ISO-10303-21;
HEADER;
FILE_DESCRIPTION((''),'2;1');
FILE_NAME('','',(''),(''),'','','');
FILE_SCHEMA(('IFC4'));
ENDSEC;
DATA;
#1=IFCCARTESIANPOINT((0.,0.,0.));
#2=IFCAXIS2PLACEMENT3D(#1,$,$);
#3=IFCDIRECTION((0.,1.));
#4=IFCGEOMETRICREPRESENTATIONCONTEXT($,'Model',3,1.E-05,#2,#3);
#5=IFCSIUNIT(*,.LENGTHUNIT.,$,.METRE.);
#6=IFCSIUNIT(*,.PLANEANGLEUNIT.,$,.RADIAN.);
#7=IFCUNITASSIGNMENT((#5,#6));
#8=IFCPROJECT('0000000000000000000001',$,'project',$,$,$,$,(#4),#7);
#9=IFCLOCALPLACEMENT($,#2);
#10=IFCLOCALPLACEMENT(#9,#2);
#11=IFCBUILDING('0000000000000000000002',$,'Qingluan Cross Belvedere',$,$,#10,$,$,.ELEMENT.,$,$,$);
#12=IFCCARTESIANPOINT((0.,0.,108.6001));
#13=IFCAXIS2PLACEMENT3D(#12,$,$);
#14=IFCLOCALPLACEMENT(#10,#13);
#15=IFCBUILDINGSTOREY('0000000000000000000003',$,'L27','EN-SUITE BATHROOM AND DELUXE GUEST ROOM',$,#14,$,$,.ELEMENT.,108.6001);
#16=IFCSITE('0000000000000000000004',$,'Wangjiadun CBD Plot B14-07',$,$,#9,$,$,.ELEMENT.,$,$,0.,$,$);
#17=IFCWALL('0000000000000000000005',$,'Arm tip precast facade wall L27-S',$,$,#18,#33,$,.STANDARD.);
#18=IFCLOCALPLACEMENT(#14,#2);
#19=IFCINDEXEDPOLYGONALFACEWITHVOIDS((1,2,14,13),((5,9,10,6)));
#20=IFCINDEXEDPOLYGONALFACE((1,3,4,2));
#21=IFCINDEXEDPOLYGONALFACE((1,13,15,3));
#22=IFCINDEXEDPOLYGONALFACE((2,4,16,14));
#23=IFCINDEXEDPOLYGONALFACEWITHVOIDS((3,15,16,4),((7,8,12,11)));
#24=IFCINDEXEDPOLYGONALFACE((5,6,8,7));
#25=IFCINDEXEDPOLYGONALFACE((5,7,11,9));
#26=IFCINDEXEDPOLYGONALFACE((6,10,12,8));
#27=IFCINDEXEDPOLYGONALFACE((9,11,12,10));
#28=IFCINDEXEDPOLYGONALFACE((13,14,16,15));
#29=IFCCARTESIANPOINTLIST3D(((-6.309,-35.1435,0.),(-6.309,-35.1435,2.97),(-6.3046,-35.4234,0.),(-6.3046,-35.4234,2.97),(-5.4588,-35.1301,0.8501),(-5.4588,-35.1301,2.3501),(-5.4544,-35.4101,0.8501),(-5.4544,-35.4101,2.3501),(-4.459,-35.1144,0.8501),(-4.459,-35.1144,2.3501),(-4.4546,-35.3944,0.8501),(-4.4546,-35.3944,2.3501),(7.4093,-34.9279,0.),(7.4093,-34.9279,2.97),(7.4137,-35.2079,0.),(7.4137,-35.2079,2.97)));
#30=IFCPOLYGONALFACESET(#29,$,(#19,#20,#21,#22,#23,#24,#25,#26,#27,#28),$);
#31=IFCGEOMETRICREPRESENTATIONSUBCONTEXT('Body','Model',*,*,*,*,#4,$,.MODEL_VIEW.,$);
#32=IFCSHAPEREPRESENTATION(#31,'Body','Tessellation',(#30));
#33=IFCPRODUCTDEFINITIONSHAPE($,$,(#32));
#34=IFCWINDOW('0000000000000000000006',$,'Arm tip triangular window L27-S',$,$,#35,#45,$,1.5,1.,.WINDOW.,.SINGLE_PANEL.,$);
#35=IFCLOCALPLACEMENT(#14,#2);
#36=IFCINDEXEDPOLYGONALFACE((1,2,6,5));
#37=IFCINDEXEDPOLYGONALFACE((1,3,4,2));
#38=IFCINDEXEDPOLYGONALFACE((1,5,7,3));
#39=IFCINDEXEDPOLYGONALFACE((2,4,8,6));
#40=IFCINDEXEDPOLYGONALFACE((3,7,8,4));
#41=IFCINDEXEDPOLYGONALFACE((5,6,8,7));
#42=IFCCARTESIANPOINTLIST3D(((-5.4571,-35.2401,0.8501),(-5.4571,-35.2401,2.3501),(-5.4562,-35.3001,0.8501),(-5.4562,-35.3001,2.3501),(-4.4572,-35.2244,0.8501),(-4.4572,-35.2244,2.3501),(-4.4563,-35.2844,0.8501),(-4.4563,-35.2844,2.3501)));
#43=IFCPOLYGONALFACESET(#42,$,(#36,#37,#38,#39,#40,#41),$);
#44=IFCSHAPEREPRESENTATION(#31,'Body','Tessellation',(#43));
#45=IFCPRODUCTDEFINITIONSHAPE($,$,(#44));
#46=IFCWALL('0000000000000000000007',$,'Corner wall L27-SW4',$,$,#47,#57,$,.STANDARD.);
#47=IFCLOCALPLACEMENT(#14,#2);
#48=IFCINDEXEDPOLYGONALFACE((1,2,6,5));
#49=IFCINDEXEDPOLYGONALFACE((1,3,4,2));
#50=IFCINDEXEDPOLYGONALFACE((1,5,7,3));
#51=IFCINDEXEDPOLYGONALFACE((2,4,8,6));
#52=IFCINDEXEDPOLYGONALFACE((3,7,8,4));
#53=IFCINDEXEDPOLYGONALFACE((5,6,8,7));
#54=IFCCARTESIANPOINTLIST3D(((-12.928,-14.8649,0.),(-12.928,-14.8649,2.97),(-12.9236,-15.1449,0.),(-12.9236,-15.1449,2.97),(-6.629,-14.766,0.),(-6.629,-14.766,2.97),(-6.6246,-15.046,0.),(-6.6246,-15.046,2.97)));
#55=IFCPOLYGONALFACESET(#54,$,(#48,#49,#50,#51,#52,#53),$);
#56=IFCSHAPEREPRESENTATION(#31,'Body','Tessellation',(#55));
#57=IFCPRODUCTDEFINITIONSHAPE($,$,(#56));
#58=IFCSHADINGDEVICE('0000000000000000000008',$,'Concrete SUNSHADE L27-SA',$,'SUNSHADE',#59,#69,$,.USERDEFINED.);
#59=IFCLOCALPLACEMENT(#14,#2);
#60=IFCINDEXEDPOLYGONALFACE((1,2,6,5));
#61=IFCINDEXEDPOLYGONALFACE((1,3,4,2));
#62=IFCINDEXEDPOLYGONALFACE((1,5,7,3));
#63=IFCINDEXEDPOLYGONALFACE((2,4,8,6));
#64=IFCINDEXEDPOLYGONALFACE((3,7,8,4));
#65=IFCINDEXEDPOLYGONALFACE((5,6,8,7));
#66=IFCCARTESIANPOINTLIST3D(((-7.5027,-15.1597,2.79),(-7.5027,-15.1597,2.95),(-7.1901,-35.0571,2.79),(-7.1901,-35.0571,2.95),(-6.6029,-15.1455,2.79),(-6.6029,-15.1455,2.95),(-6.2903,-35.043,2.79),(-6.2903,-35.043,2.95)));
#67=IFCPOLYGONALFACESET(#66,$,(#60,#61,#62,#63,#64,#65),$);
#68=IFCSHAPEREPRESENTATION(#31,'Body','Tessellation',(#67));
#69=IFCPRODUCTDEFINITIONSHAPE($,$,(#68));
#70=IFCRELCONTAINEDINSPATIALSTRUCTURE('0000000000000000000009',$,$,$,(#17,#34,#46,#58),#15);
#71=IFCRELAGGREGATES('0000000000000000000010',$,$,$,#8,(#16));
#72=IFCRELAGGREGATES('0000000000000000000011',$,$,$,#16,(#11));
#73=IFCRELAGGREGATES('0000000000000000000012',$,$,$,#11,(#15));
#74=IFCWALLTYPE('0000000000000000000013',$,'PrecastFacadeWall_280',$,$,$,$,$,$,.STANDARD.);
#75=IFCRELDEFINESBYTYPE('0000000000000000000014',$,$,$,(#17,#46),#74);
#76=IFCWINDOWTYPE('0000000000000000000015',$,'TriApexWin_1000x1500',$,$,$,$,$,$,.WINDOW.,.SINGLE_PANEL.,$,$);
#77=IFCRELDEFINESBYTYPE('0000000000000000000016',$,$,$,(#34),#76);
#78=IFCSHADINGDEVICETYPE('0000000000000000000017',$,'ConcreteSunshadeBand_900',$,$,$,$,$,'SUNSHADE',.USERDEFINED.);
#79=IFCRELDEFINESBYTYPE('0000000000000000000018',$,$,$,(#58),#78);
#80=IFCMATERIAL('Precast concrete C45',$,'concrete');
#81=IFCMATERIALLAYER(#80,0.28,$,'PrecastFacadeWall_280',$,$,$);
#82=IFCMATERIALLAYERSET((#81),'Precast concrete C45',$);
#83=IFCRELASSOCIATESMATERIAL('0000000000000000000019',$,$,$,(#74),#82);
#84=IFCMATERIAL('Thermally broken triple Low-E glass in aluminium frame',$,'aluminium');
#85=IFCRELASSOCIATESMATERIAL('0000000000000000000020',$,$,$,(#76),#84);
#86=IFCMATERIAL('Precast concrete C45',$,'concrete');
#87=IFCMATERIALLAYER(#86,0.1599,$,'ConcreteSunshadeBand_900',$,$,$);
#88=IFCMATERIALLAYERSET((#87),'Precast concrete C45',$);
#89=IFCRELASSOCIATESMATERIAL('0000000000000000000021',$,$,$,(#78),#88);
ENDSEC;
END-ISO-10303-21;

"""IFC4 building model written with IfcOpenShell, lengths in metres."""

from ifc_helpers import new_model, si_unit, direction, frame, frame_2d, origin, origin_2d, place, context, subcontext, project, spatial, rectangle, extrude, material, layer, layer_set, type_object, element, fill, save


model = new_model("IFC4")

# Units and contexts
model_context = context("Model", 3, precision=1e-05, world=origin(), true_north=direction((0.0, 1.0)))
body_context = subcontext(model_context, "Body", "Model", "MODEL_VIEW")
ifc_project = project(units=[si_unit("LENGTHUNIT", "METRE"), si_unit("PLANEANGLEUNIT", "RADIAN")], contexts=[model_context])

# Site, building, storey
site_placement = place(None, origin())
site = spatial("IfcSite", under=ifc_project, at=site_placement, Name="Wangjiadun CBD Plot B14-07", CompositionType="ELEMENT", RefElevation=0.0)
building_placement = place(site_placement, origin())
building = spatial("IfcBuilding", under=site, at=building_placement, Name="Qingluan Cross Belvedere", CompositionType="ELEMENT")
storey_placement = place(building_placement, frame((0.0, 0.0, 108.6001)))
storey = spatial("IfcBuildingStorey", under=building, at=storey_placement, Name="L27", Description="EN-SUITE BATHROOM AND DELUXE GUEST ROOM", CompositionType="ELEMENT", Elevation=108.6001)

# Shared definitions
ifc_material_1 = material(Name="Precast concrete C45", Category="concrete")
ifc_layer_1 = layer(ifc_material_1, 0.28, Name="PrecastFacadeWall_280")
ifc_layer_set_1 = layer_set([ifc_layer_1], Name="Precast concrete C45")
wall_type_1 = type_object("IfcWallType", Name="PrecastFacadeWall_280", PredefinedType="STANDARD", material=ifc_layer_set_1)

# Wall, opening, window
wall_1_placement = place(storey_placement, frame((-6.3066, -35.2834, 0.0), z_axis=(0.0, 0.0, 1.0), x_axis=(0.999877, 0.015713, 0.0)))
wall_1 = element("IfcWall", 1, at=wall_1_placement, inside=storey, type_object=wall_type_1, Name="Arm tip precast facade wall L27-S", PredefinedType="STANDARD", context=body_context, shape_type="SweptSolid", body=[
    extrude(rectangle(XDim=13.72, YDim=0.28, at=frame_2d((6.8599, 0.0))), origin(), (0.0, 0.0, 1.0), 2.97),
])
opening_1_placement = place(wall_1_placement, frame((0.8501, 0.0, 0.8501)))
opening_1 = element("IfcOpeningElement", 2, at=opening_1_placement, cuts=wall_1, PredefinedType="OPENING", context=body_context, shape_type="SweptSolid", body=[
    extrude(rectangle(XDim=1.0, YDim=1.5, at=frame_2d((0.5, 0.75))), frame((0.0, 0.1499, 0.0), z_axis=(0.0, -1.0, 0.0), x_axis=(1.0, 0.0, 0.0)), (0.0, 0.0, 1.0), 0.3),
])
ifc_material_2 = material(Name="Thermally broken triple Low-E glass in aluminium frame", Category="aluminium")
window_type_1 = type_object("IfcWindowType", Name="TriApexWin_1000x1500", PartitioningType="SINGLE_PANEL", PredefinedType="WINDOW", material=ifc_material_2)
window_1_placement = place(opening_1_placement, origin())
window_1 = element("IfcWindow", 3, at=window_1_placement, inside=storey, type_object=window_type_1, Name="Arm tip triangular window L27-S", OverallHeight=1.5, OverallWidth=1.0, PartitioningType="SINGLE_PANEL", PredefinedType="WINDOW", context=body_context, shape_type="SweptSolid", body=[
    extrude(rectangle(XDim=1.0, YDim=1.5, at=frame_2d((0.5, 0.75))), frame((0.0, 0.03, 0.0), z_axis=(0.0, -1.0, 0.0), x_axis=(1.0, 0.0, 0.0)), (0.0, 0.0, 1.0), 0.0601),
])
fill(opening_1, window_1)

# Wall
wall_2_placement = place(storey_placement, frame((-12.9258, -15.0049, 0.0), z_axis=(0.0, 0.0, 1.0), x_axis=(0.999877, 0.015695, 0.0)))
element("IfcWall", 4, at=wall_2_placement, inside=storey, type_object=wall_type_1, Name="Corner wall L27-SW4", PredefinedType="STANDARD", context=body_context, shape_type="SweptSolid", body=[
    extrude(rectangle(XDim=6.2998, YDim=0.28, at=frame_2d((3.1499, 0.0))), origin(), (0.0, 0.0, 1.0), 2.97),
])

# Shading device
ifc_material_3 = material(Name="Precast concrete C45", Category="concrete")
ifc_layer_2 = layer(ifc_material_3, 0.1599, Name="ConcreteSunshadeBand_900")
ifc_layer_set_2 = layer_set([ifc_layer_2], Name="Precast concrete C45")
shading_device_type = type_object("IfcShadingDeviceType", Name="ConcreteSunshadeBand_900", ElementType="SUNSHADE", PredefinedType="USERDEFINED", material=ifc_layer_set_2)
shading_device_placement = place(storey_placement, frame((-6.8965, -25.1013, 2.79), z_axis=(0.0, 0.0, 1.0), x_axis=(0.015706, -0.999877, 0.0)))
element("IfcShadingDevice", 5, at=shading_device_placement, inside=storey, type_object=shading_device_type, Name="Concrete SUNSHADE L27-SA", ObjectType="SUNSHADE", PredefinedType="USERDEFINED", context=body_context, shape_type="SweptSolid", body=[
    extrude(rectangle(XDim=19.8999, YDim=0.8999, at=origin_2d()), origin(), (0.0, 0.0, 1.0), 0.1599),
])

save(model, "model.ifc")
